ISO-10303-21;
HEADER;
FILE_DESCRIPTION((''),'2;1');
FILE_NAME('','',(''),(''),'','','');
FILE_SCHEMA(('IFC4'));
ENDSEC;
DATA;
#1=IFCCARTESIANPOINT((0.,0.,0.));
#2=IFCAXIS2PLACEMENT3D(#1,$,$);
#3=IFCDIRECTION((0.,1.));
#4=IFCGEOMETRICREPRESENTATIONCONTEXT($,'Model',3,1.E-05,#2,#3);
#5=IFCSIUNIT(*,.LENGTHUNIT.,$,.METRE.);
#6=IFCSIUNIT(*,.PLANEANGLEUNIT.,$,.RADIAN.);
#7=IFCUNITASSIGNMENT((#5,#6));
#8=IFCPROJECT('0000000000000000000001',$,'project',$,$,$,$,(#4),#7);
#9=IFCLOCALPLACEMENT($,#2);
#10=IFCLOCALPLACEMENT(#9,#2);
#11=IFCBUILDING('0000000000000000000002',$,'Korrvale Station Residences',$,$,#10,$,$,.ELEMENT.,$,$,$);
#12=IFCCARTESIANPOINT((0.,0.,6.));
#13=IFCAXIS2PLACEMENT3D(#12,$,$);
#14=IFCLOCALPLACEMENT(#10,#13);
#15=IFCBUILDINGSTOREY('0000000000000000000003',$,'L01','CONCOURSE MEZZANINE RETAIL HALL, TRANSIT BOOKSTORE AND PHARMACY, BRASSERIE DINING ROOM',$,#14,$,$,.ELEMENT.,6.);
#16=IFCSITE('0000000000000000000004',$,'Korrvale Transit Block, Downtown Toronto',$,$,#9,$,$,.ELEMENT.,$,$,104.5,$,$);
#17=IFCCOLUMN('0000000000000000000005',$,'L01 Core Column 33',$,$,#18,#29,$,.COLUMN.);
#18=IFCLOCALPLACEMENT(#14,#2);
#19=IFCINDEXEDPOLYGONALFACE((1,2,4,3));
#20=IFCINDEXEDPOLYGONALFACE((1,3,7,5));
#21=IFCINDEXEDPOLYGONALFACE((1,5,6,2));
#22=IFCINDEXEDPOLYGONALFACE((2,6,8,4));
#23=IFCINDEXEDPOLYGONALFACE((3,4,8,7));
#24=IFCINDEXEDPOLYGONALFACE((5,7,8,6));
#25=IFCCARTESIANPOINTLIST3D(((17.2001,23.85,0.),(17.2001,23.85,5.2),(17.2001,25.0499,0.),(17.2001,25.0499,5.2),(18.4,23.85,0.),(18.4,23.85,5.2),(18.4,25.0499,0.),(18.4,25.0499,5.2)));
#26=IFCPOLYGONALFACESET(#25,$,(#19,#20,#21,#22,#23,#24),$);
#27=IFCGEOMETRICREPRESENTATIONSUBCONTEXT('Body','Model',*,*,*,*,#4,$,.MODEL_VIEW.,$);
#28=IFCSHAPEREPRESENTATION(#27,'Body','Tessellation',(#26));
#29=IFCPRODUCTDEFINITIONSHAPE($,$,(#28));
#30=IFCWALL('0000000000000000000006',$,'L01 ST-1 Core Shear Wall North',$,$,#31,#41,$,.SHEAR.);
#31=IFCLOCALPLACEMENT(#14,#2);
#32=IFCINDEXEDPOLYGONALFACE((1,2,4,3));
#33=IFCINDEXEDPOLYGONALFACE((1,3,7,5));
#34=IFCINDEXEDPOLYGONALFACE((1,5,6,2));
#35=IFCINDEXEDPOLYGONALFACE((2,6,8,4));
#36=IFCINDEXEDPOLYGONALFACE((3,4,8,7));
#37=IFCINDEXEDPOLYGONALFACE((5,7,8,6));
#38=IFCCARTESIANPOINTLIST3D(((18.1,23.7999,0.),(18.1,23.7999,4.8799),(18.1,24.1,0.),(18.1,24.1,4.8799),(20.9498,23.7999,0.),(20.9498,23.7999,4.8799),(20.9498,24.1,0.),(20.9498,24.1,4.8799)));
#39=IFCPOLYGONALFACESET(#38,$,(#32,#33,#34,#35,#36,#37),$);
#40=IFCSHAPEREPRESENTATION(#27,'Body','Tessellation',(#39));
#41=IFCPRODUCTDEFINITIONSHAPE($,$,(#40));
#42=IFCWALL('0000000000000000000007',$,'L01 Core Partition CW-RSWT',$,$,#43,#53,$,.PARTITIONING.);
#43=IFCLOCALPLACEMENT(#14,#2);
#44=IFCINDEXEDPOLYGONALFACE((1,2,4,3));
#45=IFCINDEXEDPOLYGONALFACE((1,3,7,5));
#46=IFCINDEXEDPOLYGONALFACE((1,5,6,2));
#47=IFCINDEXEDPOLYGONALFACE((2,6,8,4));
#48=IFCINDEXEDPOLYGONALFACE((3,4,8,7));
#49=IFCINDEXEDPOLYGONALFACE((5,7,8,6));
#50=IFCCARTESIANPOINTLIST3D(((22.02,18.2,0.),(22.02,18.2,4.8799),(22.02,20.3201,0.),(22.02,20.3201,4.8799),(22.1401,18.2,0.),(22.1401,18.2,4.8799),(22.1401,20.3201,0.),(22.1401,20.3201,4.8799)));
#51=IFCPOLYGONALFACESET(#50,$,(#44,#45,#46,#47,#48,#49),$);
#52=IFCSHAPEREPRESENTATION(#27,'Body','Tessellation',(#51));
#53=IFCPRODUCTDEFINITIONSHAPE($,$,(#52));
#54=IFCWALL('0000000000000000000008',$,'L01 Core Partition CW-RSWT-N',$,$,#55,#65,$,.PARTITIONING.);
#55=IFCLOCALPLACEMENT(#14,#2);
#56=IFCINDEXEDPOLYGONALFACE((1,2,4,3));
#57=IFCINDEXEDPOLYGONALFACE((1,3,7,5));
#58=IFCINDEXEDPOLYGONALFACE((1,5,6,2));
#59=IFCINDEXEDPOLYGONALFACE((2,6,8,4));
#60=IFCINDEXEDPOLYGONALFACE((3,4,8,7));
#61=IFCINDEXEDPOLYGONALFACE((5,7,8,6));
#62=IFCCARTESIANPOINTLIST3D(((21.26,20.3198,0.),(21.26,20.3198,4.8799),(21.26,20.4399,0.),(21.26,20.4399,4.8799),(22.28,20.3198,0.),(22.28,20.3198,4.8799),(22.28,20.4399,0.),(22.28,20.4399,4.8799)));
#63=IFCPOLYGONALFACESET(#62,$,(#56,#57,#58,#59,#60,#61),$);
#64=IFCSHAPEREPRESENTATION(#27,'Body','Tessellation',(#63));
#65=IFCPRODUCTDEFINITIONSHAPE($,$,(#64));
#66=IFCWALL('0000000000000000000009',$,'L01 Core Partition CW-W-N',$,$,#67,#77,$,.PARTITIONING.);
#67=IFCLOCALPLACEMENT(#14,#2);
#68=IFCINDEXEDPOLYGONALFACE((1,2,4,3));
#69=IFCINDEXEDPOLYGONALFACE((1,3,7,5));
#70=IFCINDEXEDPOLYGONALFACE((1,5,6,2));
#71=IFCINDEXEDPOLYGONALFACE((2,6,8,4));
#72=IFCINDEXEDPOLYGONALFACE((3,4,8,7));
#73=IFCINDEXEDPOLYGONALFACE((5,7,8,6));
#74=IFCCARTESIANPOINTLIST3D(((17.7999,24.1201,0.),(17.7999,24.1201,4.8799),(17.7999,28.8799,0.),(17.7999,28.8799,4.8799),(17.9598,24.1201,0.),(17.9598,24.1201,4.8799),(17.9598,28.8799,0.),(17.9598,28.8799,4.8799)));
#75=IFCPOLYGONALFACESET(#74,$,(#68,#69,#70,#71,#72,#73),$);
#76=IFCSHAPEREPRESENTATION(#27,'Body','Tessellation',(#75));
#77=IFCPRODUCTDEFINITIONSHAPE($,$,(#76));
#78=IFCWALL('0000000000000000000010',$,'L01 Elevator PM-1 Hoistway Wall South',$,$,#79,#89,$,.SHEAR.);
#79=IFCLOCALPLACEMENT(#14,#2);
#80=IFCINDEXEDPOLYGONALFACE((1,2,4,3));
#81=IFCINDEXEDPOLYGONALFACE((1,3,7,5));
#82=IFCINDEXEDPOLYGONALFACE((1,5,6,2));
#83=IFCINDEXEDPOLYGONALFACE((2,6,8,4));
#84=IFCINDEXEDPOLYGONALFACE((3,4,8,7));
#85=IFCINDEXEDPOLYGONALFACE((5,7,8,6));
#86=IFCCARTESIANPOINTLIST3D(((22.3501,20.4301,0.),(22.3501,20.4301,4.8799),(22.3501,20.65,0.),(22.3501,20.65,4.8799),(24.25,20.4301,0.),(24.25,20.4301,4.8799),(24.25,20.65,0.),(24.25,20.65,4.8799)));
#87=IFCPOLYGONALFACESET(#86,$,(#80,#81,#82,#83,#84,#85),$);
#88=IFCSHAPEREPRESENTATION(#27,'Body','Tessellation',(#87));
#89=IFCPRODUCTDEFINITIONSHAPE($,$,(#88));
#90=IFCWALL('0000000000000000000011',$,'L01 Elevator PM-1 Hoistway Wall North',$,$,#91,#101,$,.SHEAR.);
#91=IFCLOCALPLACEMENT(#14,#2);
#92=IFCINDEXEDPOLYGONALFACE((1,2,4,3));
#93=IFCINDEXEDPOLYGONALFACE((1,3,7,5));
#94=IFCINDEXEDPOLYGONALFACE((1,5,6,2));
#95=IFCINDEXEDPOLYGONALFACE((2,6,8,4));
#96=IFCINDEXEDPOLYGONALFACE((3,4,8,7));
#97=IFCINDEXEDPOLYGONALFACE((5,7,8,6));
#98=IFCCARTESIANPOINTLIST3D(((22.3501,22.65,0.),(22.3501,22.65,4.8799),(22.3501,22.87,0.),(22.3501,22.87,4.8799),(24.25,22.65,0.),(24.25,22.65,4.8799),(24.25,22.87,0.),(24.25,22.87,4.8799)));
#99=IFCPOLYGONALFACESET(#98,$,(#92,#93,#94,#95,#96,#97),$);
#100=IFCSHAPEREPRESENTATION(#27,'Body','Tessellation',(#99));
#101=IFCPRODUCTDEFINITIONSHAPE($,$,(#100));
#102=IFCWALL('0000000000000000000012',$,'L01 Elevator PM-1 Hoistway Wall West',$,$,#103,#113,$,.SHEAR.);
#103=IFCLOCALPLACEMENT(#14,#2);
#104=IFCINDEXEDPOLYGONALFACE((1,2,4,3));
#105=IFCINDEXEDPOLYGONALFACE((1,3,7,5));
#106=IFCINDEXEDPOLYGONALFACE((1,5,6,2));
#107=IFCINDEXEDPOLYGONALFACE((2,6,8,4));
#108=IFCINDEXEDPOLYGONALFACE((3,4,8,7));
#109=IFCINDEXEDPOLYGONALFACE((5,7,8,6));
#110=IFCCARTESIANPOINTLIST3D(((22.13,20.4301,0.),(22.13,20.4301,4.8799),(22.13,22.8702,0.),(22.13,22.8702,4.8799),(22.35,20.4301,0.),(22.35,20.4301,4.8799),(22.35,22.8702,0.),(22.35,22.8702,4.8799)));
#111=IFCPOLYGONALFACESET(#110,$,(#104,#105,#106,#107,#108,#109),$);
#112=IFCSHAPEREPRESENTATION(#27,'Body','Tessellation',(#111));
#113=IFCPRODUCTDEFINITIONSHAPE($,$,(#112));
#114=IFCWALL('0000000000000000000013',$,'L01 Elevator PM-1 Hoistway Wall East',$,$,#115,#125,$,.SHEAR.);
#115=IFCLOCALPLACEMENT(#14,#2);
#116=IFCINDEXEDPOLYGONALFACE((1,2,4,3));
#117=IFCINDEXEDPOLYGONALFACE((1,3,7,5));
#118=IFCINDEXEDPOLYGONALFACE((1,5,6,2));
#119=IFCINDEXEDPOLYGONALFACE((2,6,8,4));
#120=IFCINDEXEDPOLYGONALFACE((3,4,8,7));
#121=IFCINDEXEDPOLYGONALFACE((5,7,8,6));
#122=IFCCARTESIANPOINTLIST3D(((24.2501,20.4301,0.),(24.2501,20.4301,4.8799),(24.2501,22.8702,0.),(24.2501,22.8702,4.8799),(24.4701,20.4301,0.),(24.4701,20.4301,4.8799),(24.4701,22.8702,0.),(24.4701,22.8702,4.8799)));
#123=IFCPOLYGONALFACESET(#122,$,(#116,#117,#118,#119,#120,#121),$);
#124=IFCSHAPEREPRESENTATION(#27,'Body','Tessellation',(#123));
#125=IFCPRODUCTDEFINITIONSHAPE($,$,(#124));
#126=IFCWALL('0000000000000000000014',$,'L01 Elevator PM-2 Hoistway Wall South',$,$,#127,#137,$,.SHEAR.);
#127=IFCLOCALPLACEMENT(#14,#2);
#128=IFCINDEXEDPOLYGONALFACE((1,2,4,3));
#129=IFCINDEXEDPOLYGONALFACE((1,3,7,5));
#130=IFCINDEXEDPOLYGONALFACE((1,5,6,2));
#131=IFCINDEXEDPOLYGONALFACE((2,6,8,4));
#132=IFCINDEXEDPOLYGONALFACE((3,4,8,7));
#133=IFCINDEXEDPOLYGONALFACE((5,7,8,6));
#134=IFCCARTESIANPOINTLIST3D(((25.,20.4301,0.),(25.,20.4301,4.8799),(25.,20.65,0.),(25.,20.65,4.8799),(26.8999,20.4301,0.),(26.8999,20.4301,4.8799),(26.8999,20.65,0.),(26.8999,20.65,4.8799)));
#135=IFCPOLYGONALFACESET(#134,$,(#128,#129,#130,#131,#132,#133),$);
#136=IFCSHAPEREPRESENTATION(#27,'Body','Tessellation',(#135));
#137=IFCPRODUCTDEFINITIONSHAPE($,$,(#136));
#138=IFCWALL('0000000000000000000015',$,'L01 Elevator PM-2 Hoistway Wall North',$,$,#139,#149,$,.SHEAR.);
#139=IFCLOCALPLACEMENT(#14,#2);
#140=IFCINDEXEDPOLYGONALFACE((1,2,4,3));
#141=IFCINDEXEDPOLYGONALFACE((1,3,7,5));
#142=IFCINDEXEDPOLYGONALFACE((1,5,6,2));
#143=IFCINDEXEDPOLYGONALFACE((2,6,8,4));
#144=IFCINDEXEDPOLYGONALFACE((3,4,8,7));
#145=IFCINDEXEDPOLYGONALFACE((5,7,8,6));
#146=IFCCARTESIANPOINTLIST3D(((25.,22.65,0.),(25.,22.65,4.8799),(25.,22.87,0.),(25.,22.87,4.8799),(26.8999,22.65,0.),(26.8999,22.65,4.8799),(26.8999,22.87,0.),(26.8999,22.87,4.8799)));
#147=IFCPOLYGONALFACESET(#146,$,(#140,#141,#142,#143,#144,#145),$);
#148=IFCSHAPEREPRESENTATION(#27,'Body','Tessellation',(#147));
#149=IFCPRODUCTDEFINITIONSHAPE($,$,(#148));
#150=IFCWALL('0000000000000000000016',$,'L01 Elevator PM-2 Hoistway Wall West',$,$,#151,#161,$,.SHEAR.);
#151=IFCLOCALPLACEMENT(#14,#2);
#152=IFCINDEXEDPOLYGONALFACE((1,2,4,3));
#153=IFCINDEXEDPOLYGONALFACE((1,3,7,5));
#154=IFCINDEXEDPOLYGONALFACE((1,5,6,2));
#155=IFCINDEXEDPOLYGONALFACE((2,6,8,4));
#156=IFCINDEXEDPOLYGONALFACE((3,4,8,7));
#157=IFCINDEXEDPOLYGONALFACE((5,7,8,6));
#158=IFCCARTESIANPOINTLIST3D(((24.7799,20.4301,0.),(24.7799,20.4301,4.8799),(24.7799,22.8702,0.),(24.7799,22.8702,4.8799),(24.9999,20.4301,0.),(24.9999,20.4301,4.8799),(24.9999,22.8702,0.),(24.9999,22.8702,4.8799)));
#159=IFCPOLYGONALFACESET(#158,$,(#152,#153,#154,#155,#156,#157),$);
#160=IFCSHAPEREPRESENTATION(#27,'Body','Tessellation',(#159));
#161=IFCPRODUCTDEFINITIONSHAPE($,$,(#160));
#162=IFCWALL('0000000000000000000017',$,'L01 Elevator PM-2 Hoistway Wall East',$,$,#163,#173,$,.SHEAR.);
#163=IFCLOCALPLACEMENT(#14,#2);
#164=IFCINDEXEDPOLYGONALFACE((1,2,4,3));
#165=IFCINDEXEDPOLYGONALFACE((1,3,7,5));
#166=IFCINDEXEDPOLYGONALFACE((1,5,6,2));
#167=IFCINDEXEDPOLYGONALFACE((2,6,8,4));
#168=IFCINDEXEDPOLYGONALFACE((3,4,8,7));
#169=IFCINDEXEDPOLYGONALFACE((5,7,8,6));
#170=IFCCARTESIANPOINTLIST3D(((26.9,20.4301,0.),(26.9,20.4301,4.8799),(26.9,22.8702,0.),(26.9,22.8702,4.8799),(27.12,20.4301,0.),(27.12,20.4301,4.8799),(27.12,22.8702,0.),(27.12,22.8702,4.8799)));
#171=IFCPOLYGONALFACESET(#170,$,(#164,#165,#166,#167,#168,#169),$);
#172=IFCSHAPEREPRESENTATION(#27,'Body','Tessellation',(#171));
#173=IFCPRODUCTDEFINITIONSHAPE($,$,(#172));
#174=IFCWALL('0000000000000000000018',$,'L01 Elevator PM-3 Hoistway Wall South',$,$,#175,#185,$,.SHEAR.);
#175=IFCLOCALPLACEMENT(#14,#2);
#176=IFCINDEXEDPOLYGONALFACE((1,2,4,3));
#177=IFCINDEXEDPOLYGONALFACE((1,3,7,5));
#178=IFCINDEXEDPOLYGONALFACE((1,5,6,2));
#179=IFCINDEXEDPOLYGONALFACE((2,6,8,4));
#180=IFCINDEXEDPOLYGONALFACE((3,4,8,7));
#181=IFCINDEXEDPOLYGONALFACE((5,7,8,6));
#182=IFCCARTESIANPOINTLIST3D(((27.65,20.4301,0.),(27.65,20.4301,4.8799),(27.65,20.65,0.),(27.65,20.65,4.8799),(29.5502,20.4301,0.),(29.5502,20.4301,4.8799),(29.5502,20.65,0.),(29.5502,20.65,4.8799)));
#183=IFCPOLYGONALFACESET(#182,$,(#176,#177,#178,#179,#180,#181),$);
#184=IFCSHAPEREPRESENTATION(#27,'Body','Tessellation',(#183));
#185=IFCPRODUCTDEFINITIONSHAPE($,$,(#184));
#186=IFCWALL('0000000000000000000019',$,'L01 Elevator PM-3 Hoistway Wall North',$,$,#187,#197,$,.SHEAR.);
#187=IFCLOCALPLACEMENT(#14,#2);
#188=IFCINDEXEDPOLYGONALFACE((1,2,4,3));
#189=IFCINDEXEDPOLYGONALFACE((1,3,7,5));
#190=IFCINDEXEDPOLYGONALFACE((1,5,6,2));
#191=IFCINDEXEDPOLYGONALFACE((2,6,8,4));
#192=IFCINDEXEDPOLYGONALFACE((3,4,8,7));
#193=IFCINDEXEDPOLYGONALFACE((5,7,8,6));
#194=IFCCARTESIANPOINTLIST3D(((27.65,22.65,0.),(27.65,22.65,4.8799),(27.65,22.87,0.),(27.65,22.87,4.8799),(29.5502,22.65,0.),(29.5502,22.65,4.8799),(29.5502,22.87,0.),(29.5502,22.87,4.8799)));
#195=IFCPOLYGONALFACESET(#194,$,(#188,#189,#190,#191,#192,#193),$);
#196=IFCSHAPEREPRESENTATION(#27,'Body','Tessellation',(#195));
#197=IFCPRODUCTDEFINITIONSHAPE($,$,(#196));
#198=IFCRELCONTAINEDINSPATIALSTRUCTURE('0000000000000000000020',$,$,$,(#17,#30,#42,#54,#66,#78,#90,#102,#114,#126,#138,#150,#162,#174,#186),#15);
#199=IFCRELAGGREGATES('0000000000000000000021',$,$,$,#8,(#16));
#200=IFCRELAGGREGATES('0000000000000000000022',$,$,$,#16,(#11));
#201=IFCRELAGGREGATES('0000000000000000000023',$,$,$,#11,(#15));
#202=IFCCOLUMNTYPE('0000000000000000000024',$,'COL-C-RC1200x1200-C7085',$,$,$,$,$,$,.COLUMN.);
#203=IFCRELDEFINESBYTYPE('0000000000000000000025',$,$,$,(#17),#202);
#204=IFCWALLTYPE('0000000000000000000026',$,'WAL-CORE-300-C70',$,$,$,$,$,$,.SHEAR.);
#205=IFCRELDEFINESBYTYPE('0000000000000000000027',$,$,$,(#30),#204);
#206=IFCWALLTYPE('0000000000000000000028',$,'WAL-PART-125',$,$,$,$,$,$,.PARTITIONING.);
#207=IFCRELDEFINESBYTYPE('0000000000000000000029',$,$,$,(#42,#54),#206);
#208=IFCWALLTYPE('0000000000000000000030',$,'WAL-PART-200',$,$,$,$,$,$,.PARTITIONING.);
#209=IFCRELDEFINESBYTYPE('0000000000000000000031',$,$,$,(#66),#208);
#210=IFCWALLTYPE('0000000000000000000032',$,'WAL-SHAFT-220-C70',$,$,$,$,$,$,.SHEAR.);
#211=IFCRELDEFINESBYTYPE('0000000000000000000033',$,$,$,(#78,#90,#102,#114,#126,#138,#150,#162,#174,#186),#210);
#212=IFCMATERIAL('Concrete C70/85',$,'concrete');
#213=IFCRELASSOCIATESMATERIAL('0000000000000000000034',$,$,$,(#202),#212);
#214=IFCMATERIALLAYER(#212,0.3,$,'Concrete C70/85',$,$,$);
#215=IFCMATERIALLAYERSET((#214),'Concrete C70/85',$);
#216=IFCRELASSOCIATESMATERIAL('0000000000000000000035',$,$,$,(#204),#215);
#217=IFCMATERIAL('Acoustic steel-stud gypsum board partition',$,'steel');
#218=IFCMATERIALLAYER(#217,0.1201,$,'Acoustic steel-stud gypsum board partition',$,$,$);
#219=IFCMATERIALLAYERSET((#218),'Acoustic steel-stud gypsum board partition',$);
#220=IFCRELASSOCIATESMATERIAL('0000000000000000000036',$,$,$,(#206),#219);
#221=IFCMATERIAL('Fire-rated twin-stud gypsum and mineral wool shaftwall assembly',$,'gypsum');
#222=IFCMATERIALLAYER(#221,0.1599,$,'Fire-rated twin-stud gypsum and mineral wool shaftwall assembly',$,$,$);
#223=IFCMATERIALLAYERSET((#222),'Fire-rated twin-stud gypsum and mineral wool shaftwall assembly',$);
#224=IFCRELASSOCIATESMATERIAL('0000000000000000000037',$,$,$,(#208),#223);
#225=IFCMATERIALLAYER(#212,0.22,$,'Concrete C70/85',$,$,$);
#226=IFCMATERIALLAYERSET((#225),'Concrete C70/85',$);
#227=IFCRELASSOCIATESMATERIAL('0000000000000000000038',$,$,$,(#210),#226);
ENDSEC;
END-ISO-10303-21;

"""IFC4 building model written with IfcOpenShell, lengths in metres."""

from ifc_helpers import new_model, si_unit, direction, frame, frame_2d, origin, origin_2d, place, context, subcontext, project, spatial, rectangle, extrude, material, layer, layer_set, material_profile, profile_set, type_object, element, save


model = new_model("IFC4")

# Units and contexts
model_context = context("Model", 3, precision=1e-05, world=origin(), true_north=direction((0.0, 1.0)))
body_context = subcontext(model_context, "Body", "Model", "MODEL_VIEW")
ifc_project = project(units=[si_unit("LENGTHUNIT", "METRE"), si_unit("PLANEANGLEUNIT", "RADIAN")], contexts=[model_context])

# Site, building, storey
site_placement = place(None, origin())
site = spatial("IfcSite", under=ifc_project, at=site_placement, Name="Korrvale Transit Block, Downtown Toronto", CompositionType="ELEMENT", RefElevation=104.5)
building_placement = place(site_placement, origin())
building = spatial("IfcBuilding", under=site, at=building_placement, Name="Korrvale Station Residences", CompositionType="ELEMENT")
storey_placement = place(building_placement, frame((0.0, 0.0, 6.0)))
storey = spatial("IfcBuildingStorey", under=building, at=storey_placement, Name="L01", Description="CONCOURSE MEZZANINE RETAIL HALL, TRANSIT BOOKSTORE AND PHARMACY, BRASSERIE DINING ROOM", CompositionType="ELEMENT", Elevation=6.0)

# Column
ifc_material_1 = material(Name="Concrete C70/85", Category="concrete")
ifc_material_profile = material_profile(ifc_material_1, rectangle(XDim=1.2, YDim=1.2, at=origin_2d()), Name="RC1200x1200")
ifc_profile_set = profile_set([ifc_material_profile], Name="Concrete C70/85")
column_type = type_object("IfcColumnType", Name="COL-C-RC1200x1200-C7085", PredefinedType="COLUMN", material=ifc_profile_set)
column_placement = place(storey_placement, frame((17.8, 24.45, 0.0), z_axis=(0.0, 0.0, 1.0), x_axis=(1.0, 0.0, 0.0)))
element("IfcColumn", 1, at=column_placement, inside=storey, type_object=column_type, Name="L01 Core Column 33", PredefinedType="COLUMN", context=body_context, shape_type="SweptSolid", body=[
    extrude(rectangle(XDim=1.2, YDim=1.2, at=origin_2d()), origin(), (0.0, 0.0, 1.0), 5.2),
])

# Walls
ifc_layer_1 = layer(ifc_material_1, 0.3, Name="Concrete C70/85")
ifc_layer_set_1 = layer_set([ifc_layer_1], Name="Concrete C70/85")
wall_type_1 = type_object("IfcWallType", Name="WAL-CORE-300-C70", PredefinedType="SHEAR", material=ifc_layer_set_1)
wall_1_placement = place(storey_placement, frame((18.1001, 23.95, 0.0), z_axis=(0.0, 0.0, 1.0), x_axis=(1.0, 0.0, 0.0)))
element("IfcWall", 2, at=wall_1_placement, inside=storey, type_object=wall_type_1, Name="L01 ST-1 Core Shear Wall North", PredefinedType="SHEAR", context=body_context, shape_type="SweptSolid", body=[
    extrude(rectangle(XDim=2.8499, YDim=0.3, at=frame_2d((1.4248, 0.0))), origin(), (0.0, 0.0, 1.0), 4.8799),
])
ifc_material_2 = material(Name="Acoustic steel-stud gypsum board partition", Category="steel")
ifc_layer_2 = layer(ifc_material_2, 0.1201, Name="Acoustic steel-stud gypsum board partition")
ifc_layer_set_2 = layer_set([ifc_layer_2], Name="Acoustic steel-stud gypsum board partition")
wall_type_2 = type_object("IfcWallType", Name="WAL-PART-125", PredefinedType="PARTITIONING", material=ifc_layer_set_2)
wall_2_placement = place(storey_placement, frame((22.0801, 18.2, 0.0), z_axis=(0.0, 0.0, 1.0), x_axis=(0.0, 1.0, 0.0)))
element("IfcWall", 3, at=wall_2_placement, inside=storey, type_object=wall_type_2, Name="L01 Core Partition CW-RSWT", PredefinedType="PARTITIONING", context=body_context, shape_type="SweptSolid", body=[
    extrude(rectangle(XDim=2.1201, YDim=0.1201, at=frame_2d((1.0601, 0.0))), origin(), (0.0, 0.0, 1.0), 4.8799),
])
wall_3_placement = place(storey_placement, frame((22.28, 20.3799, 0.0), z_axis=(0.0, 0.0, 1.0), x_axis=(-1.0, 0.0, 0.0)))
element("IfcWall", 4, at=wall_3_placement, inside=storey, type_object=wall_type_2, Name="L01 Core Partition CW-RSWT-N", PredefinedType="PARTITIONING", context=body_context, shape_type="SweptSolid", body=[
    extrude(rectangle(XDim=1.02, YDim=0.1201, at=frame_2d((0.51, 0.0))), origin(), (0.0, 0.0, 1.0), 4.8799),
])
ifc_material_3 = material(Name="Fire-rated twin-stud gypsum and mineral wool shaftwall assembly", Category="gypsum")
ifc_layer_3 = layer(ifc_material_3, 0.1599, Name="Fire-rated twin-stud gypsum and mineral wool shaftwall assembly")
ifc_layer_set_3 = layer_set([ifc_layer_3], Name="Fire-rated twin-stud gypsum and mineral wool shaftwall assembly")
wall_type_3 = type_object("IfcWallType", Name="WAL-PART-200", PredefinedType="PARTITIONING", material=ifc_layer_set_3)
wall_4_placement = place(storey_placement, frame((17.8799, 24.1201, 0.0), z_axis=(0.0, 0.0, 1.0), x_axis=(0.0, 1.0, 0.0)))
element("IfcWall", 5, at=wall_4_placement, inside=storey, type_object=wall_type_3, Name="L01 Core Partition CW-W-N", PredefinedType="PARTITIONING", context=body_context, shape_type="SweptSolid", body=[
    extrude(rectangle(XDim=4.7598, YDim=0.1599, at=frame_2d((2.3799, 0.0))), origin(), (0.0, 0.0, 1.0), 4.8799),
])
ifc_layer_4 = layer(ifc_material_1, 0.22, Name="Concrete C70/85")
ifc_layer_set_4 = layer_set([ifc_layer_4], Name="Concrete C70/85")
wall_type_4 = type_object("IfcWallType", Name="WAL-SHAFT-220-C70", PredefinedType="SHEAR", material=ifc_layer_set_4)
for number, where, z_axis, x_axis, name in (
    (6, (22.3501, 20.54, 0.0), (0.0, 0.0, 1.0), (1.0, 0.0, 0.0), "L01 Elevator PM-1 Hoistway Wall South"),
    (7, (22.3501, 22.76, 0.0), (0.0, 0.0, 1.0), (1.0, 0.0, 0.0), "L01 Elevator PM-1 Hoistway Wall North"),
):
    element("IfcWall", number, at=place(storey_placement, frame(where, z_axis=z_axis, x_axis=x_axis)), inside=storey, type_object=wall_type_4, Name=name, PredefinedType="SHEAR", context=body_context, shape_type="SweptSolid", body=[
        extrude(rectangle(XDim=1.8999, YDim=0.22, at=frame_2d((0.95, 0.0))), origin(), (0.0, 0.0, 1.0), 4.8799),
    ])
for number, where, z_axis, x_axis, name in (
    (8, (22.24, 20.4299, 0.0), (0.0, 0.0, 1.0), (0.0, 1.0, 0.0), "L01 Elevator PM-1 Hoistway Wall West"),
    (9, (24.3601, 20.4299, 0.0), (0.0, 0.0, 1.0), (0.0, 1.0, 0.0), "L01 Elevator PM-1 Hoistway Wall East"),
):
    element("IfcWall", number, at=place(storey_placement, frame(where, z_axis=z_axis, x_axis=x_axis)), inside=storey, type_object=wall_type_4, Name=name, PredefinedType="SHEAR", context=body_context, shape_type="SweptSolid", body=[
        extrude(rectangle(XDim=2.4402, YDim=0.22, at=frame_2d((1.2202, 0.0))), origin(), (0.0, 0.0, 1.0), 4.8799),
    ])
for number, where, z_axis, x_axis, name in (
    (10, (25.0, 20.54, 0.0), (0.0, 0.0, 1.0), (1.0, 0.0, 0.0), "L01 Elevator PM-2 Hoistway Wall South"),
    (11, (25.0, 22.76, 0.0), (0.0, 0.0, 1.0), (1.0, 0.0, 0.0), "L01 Elevator PM-2 Hoistway Wall North"),
):
    element("IfcWall", number, at=place(storey_placement, frame(where, z_axis=z_axis, x_axis=x_axis)), inside=storey, type_object=wall_type_4, Name=name, PredefinedType="SHEAR", context=body_context, shape_type="SweptSolid", body=[
        extrude(rectangle(XDim=1.8999, YDim=0.22, at=frame_2d((0.95, 0.0))), origin(), (0.0, 0.0, 1.0), 4.8799),
    ])
for number, where, z_axis, x_axis, name in (
    (12, (24.8899, 20.4299, 0.0), (0.0, 0.0, 1.0), (0.0, 1.0, 0.0), "L01 Elevator PM-2 Hoistway Wall West"),
    (13, (27.01, 20.4299, 0.0), (0.0, 0.0, 1.0), (0.0, 1.0, 0.0), "L01 Elevator PM-2 Hoistway Wall East"),
):
    element("IfcWall", number, at=place(storey_placement, frame(where, z_axis=z_axis, x_axis=x_axis)), inside=storey, type_object=wall_type_4, Name=name, PredefinedType="SHEAR", context=body_context, shape_type="SweptSolid", body=[
        extrude(rectangle(XDim=2.4402, YDim=0.22, at=frame_2d((1.2202, 0.0))), origin(), (0.0, 0.0, 1.0), 4.8799),
    ])
for number, where, z_axis, x_axis, name in (
    (14, (27.6499, 20.54, 0.0), (0.0, 0.0, 1.0), (1.0, 0.0, 0.0), "L01 Elevator PM-3 Hoistway Wall South"),
    (15, (27.6499, 22.76, 0.0), (0.0, 0.0, 1.0), (1.0, 0.0, 0.0), "L01 Elevator PM-3 Hoistway Wall North"),
):
    element("IfcWall", number, at=place(storey_placement, frame(where, z_axis=z_axis, x_axis=x_axis)), inside=storey, type_object=wall_type_4, Name=name, PredefinedType="SHEAR", context=body_context, shape_type="SweptSolid", body=[
        extrude(rectangle(XDim=1.9001, YDim=0.22, at=frame_2d((0.9502, 0.0))), origin(), (0.0, 0.0, 1.0), 4.8799),
    ])

save(model, "model.ifc")
